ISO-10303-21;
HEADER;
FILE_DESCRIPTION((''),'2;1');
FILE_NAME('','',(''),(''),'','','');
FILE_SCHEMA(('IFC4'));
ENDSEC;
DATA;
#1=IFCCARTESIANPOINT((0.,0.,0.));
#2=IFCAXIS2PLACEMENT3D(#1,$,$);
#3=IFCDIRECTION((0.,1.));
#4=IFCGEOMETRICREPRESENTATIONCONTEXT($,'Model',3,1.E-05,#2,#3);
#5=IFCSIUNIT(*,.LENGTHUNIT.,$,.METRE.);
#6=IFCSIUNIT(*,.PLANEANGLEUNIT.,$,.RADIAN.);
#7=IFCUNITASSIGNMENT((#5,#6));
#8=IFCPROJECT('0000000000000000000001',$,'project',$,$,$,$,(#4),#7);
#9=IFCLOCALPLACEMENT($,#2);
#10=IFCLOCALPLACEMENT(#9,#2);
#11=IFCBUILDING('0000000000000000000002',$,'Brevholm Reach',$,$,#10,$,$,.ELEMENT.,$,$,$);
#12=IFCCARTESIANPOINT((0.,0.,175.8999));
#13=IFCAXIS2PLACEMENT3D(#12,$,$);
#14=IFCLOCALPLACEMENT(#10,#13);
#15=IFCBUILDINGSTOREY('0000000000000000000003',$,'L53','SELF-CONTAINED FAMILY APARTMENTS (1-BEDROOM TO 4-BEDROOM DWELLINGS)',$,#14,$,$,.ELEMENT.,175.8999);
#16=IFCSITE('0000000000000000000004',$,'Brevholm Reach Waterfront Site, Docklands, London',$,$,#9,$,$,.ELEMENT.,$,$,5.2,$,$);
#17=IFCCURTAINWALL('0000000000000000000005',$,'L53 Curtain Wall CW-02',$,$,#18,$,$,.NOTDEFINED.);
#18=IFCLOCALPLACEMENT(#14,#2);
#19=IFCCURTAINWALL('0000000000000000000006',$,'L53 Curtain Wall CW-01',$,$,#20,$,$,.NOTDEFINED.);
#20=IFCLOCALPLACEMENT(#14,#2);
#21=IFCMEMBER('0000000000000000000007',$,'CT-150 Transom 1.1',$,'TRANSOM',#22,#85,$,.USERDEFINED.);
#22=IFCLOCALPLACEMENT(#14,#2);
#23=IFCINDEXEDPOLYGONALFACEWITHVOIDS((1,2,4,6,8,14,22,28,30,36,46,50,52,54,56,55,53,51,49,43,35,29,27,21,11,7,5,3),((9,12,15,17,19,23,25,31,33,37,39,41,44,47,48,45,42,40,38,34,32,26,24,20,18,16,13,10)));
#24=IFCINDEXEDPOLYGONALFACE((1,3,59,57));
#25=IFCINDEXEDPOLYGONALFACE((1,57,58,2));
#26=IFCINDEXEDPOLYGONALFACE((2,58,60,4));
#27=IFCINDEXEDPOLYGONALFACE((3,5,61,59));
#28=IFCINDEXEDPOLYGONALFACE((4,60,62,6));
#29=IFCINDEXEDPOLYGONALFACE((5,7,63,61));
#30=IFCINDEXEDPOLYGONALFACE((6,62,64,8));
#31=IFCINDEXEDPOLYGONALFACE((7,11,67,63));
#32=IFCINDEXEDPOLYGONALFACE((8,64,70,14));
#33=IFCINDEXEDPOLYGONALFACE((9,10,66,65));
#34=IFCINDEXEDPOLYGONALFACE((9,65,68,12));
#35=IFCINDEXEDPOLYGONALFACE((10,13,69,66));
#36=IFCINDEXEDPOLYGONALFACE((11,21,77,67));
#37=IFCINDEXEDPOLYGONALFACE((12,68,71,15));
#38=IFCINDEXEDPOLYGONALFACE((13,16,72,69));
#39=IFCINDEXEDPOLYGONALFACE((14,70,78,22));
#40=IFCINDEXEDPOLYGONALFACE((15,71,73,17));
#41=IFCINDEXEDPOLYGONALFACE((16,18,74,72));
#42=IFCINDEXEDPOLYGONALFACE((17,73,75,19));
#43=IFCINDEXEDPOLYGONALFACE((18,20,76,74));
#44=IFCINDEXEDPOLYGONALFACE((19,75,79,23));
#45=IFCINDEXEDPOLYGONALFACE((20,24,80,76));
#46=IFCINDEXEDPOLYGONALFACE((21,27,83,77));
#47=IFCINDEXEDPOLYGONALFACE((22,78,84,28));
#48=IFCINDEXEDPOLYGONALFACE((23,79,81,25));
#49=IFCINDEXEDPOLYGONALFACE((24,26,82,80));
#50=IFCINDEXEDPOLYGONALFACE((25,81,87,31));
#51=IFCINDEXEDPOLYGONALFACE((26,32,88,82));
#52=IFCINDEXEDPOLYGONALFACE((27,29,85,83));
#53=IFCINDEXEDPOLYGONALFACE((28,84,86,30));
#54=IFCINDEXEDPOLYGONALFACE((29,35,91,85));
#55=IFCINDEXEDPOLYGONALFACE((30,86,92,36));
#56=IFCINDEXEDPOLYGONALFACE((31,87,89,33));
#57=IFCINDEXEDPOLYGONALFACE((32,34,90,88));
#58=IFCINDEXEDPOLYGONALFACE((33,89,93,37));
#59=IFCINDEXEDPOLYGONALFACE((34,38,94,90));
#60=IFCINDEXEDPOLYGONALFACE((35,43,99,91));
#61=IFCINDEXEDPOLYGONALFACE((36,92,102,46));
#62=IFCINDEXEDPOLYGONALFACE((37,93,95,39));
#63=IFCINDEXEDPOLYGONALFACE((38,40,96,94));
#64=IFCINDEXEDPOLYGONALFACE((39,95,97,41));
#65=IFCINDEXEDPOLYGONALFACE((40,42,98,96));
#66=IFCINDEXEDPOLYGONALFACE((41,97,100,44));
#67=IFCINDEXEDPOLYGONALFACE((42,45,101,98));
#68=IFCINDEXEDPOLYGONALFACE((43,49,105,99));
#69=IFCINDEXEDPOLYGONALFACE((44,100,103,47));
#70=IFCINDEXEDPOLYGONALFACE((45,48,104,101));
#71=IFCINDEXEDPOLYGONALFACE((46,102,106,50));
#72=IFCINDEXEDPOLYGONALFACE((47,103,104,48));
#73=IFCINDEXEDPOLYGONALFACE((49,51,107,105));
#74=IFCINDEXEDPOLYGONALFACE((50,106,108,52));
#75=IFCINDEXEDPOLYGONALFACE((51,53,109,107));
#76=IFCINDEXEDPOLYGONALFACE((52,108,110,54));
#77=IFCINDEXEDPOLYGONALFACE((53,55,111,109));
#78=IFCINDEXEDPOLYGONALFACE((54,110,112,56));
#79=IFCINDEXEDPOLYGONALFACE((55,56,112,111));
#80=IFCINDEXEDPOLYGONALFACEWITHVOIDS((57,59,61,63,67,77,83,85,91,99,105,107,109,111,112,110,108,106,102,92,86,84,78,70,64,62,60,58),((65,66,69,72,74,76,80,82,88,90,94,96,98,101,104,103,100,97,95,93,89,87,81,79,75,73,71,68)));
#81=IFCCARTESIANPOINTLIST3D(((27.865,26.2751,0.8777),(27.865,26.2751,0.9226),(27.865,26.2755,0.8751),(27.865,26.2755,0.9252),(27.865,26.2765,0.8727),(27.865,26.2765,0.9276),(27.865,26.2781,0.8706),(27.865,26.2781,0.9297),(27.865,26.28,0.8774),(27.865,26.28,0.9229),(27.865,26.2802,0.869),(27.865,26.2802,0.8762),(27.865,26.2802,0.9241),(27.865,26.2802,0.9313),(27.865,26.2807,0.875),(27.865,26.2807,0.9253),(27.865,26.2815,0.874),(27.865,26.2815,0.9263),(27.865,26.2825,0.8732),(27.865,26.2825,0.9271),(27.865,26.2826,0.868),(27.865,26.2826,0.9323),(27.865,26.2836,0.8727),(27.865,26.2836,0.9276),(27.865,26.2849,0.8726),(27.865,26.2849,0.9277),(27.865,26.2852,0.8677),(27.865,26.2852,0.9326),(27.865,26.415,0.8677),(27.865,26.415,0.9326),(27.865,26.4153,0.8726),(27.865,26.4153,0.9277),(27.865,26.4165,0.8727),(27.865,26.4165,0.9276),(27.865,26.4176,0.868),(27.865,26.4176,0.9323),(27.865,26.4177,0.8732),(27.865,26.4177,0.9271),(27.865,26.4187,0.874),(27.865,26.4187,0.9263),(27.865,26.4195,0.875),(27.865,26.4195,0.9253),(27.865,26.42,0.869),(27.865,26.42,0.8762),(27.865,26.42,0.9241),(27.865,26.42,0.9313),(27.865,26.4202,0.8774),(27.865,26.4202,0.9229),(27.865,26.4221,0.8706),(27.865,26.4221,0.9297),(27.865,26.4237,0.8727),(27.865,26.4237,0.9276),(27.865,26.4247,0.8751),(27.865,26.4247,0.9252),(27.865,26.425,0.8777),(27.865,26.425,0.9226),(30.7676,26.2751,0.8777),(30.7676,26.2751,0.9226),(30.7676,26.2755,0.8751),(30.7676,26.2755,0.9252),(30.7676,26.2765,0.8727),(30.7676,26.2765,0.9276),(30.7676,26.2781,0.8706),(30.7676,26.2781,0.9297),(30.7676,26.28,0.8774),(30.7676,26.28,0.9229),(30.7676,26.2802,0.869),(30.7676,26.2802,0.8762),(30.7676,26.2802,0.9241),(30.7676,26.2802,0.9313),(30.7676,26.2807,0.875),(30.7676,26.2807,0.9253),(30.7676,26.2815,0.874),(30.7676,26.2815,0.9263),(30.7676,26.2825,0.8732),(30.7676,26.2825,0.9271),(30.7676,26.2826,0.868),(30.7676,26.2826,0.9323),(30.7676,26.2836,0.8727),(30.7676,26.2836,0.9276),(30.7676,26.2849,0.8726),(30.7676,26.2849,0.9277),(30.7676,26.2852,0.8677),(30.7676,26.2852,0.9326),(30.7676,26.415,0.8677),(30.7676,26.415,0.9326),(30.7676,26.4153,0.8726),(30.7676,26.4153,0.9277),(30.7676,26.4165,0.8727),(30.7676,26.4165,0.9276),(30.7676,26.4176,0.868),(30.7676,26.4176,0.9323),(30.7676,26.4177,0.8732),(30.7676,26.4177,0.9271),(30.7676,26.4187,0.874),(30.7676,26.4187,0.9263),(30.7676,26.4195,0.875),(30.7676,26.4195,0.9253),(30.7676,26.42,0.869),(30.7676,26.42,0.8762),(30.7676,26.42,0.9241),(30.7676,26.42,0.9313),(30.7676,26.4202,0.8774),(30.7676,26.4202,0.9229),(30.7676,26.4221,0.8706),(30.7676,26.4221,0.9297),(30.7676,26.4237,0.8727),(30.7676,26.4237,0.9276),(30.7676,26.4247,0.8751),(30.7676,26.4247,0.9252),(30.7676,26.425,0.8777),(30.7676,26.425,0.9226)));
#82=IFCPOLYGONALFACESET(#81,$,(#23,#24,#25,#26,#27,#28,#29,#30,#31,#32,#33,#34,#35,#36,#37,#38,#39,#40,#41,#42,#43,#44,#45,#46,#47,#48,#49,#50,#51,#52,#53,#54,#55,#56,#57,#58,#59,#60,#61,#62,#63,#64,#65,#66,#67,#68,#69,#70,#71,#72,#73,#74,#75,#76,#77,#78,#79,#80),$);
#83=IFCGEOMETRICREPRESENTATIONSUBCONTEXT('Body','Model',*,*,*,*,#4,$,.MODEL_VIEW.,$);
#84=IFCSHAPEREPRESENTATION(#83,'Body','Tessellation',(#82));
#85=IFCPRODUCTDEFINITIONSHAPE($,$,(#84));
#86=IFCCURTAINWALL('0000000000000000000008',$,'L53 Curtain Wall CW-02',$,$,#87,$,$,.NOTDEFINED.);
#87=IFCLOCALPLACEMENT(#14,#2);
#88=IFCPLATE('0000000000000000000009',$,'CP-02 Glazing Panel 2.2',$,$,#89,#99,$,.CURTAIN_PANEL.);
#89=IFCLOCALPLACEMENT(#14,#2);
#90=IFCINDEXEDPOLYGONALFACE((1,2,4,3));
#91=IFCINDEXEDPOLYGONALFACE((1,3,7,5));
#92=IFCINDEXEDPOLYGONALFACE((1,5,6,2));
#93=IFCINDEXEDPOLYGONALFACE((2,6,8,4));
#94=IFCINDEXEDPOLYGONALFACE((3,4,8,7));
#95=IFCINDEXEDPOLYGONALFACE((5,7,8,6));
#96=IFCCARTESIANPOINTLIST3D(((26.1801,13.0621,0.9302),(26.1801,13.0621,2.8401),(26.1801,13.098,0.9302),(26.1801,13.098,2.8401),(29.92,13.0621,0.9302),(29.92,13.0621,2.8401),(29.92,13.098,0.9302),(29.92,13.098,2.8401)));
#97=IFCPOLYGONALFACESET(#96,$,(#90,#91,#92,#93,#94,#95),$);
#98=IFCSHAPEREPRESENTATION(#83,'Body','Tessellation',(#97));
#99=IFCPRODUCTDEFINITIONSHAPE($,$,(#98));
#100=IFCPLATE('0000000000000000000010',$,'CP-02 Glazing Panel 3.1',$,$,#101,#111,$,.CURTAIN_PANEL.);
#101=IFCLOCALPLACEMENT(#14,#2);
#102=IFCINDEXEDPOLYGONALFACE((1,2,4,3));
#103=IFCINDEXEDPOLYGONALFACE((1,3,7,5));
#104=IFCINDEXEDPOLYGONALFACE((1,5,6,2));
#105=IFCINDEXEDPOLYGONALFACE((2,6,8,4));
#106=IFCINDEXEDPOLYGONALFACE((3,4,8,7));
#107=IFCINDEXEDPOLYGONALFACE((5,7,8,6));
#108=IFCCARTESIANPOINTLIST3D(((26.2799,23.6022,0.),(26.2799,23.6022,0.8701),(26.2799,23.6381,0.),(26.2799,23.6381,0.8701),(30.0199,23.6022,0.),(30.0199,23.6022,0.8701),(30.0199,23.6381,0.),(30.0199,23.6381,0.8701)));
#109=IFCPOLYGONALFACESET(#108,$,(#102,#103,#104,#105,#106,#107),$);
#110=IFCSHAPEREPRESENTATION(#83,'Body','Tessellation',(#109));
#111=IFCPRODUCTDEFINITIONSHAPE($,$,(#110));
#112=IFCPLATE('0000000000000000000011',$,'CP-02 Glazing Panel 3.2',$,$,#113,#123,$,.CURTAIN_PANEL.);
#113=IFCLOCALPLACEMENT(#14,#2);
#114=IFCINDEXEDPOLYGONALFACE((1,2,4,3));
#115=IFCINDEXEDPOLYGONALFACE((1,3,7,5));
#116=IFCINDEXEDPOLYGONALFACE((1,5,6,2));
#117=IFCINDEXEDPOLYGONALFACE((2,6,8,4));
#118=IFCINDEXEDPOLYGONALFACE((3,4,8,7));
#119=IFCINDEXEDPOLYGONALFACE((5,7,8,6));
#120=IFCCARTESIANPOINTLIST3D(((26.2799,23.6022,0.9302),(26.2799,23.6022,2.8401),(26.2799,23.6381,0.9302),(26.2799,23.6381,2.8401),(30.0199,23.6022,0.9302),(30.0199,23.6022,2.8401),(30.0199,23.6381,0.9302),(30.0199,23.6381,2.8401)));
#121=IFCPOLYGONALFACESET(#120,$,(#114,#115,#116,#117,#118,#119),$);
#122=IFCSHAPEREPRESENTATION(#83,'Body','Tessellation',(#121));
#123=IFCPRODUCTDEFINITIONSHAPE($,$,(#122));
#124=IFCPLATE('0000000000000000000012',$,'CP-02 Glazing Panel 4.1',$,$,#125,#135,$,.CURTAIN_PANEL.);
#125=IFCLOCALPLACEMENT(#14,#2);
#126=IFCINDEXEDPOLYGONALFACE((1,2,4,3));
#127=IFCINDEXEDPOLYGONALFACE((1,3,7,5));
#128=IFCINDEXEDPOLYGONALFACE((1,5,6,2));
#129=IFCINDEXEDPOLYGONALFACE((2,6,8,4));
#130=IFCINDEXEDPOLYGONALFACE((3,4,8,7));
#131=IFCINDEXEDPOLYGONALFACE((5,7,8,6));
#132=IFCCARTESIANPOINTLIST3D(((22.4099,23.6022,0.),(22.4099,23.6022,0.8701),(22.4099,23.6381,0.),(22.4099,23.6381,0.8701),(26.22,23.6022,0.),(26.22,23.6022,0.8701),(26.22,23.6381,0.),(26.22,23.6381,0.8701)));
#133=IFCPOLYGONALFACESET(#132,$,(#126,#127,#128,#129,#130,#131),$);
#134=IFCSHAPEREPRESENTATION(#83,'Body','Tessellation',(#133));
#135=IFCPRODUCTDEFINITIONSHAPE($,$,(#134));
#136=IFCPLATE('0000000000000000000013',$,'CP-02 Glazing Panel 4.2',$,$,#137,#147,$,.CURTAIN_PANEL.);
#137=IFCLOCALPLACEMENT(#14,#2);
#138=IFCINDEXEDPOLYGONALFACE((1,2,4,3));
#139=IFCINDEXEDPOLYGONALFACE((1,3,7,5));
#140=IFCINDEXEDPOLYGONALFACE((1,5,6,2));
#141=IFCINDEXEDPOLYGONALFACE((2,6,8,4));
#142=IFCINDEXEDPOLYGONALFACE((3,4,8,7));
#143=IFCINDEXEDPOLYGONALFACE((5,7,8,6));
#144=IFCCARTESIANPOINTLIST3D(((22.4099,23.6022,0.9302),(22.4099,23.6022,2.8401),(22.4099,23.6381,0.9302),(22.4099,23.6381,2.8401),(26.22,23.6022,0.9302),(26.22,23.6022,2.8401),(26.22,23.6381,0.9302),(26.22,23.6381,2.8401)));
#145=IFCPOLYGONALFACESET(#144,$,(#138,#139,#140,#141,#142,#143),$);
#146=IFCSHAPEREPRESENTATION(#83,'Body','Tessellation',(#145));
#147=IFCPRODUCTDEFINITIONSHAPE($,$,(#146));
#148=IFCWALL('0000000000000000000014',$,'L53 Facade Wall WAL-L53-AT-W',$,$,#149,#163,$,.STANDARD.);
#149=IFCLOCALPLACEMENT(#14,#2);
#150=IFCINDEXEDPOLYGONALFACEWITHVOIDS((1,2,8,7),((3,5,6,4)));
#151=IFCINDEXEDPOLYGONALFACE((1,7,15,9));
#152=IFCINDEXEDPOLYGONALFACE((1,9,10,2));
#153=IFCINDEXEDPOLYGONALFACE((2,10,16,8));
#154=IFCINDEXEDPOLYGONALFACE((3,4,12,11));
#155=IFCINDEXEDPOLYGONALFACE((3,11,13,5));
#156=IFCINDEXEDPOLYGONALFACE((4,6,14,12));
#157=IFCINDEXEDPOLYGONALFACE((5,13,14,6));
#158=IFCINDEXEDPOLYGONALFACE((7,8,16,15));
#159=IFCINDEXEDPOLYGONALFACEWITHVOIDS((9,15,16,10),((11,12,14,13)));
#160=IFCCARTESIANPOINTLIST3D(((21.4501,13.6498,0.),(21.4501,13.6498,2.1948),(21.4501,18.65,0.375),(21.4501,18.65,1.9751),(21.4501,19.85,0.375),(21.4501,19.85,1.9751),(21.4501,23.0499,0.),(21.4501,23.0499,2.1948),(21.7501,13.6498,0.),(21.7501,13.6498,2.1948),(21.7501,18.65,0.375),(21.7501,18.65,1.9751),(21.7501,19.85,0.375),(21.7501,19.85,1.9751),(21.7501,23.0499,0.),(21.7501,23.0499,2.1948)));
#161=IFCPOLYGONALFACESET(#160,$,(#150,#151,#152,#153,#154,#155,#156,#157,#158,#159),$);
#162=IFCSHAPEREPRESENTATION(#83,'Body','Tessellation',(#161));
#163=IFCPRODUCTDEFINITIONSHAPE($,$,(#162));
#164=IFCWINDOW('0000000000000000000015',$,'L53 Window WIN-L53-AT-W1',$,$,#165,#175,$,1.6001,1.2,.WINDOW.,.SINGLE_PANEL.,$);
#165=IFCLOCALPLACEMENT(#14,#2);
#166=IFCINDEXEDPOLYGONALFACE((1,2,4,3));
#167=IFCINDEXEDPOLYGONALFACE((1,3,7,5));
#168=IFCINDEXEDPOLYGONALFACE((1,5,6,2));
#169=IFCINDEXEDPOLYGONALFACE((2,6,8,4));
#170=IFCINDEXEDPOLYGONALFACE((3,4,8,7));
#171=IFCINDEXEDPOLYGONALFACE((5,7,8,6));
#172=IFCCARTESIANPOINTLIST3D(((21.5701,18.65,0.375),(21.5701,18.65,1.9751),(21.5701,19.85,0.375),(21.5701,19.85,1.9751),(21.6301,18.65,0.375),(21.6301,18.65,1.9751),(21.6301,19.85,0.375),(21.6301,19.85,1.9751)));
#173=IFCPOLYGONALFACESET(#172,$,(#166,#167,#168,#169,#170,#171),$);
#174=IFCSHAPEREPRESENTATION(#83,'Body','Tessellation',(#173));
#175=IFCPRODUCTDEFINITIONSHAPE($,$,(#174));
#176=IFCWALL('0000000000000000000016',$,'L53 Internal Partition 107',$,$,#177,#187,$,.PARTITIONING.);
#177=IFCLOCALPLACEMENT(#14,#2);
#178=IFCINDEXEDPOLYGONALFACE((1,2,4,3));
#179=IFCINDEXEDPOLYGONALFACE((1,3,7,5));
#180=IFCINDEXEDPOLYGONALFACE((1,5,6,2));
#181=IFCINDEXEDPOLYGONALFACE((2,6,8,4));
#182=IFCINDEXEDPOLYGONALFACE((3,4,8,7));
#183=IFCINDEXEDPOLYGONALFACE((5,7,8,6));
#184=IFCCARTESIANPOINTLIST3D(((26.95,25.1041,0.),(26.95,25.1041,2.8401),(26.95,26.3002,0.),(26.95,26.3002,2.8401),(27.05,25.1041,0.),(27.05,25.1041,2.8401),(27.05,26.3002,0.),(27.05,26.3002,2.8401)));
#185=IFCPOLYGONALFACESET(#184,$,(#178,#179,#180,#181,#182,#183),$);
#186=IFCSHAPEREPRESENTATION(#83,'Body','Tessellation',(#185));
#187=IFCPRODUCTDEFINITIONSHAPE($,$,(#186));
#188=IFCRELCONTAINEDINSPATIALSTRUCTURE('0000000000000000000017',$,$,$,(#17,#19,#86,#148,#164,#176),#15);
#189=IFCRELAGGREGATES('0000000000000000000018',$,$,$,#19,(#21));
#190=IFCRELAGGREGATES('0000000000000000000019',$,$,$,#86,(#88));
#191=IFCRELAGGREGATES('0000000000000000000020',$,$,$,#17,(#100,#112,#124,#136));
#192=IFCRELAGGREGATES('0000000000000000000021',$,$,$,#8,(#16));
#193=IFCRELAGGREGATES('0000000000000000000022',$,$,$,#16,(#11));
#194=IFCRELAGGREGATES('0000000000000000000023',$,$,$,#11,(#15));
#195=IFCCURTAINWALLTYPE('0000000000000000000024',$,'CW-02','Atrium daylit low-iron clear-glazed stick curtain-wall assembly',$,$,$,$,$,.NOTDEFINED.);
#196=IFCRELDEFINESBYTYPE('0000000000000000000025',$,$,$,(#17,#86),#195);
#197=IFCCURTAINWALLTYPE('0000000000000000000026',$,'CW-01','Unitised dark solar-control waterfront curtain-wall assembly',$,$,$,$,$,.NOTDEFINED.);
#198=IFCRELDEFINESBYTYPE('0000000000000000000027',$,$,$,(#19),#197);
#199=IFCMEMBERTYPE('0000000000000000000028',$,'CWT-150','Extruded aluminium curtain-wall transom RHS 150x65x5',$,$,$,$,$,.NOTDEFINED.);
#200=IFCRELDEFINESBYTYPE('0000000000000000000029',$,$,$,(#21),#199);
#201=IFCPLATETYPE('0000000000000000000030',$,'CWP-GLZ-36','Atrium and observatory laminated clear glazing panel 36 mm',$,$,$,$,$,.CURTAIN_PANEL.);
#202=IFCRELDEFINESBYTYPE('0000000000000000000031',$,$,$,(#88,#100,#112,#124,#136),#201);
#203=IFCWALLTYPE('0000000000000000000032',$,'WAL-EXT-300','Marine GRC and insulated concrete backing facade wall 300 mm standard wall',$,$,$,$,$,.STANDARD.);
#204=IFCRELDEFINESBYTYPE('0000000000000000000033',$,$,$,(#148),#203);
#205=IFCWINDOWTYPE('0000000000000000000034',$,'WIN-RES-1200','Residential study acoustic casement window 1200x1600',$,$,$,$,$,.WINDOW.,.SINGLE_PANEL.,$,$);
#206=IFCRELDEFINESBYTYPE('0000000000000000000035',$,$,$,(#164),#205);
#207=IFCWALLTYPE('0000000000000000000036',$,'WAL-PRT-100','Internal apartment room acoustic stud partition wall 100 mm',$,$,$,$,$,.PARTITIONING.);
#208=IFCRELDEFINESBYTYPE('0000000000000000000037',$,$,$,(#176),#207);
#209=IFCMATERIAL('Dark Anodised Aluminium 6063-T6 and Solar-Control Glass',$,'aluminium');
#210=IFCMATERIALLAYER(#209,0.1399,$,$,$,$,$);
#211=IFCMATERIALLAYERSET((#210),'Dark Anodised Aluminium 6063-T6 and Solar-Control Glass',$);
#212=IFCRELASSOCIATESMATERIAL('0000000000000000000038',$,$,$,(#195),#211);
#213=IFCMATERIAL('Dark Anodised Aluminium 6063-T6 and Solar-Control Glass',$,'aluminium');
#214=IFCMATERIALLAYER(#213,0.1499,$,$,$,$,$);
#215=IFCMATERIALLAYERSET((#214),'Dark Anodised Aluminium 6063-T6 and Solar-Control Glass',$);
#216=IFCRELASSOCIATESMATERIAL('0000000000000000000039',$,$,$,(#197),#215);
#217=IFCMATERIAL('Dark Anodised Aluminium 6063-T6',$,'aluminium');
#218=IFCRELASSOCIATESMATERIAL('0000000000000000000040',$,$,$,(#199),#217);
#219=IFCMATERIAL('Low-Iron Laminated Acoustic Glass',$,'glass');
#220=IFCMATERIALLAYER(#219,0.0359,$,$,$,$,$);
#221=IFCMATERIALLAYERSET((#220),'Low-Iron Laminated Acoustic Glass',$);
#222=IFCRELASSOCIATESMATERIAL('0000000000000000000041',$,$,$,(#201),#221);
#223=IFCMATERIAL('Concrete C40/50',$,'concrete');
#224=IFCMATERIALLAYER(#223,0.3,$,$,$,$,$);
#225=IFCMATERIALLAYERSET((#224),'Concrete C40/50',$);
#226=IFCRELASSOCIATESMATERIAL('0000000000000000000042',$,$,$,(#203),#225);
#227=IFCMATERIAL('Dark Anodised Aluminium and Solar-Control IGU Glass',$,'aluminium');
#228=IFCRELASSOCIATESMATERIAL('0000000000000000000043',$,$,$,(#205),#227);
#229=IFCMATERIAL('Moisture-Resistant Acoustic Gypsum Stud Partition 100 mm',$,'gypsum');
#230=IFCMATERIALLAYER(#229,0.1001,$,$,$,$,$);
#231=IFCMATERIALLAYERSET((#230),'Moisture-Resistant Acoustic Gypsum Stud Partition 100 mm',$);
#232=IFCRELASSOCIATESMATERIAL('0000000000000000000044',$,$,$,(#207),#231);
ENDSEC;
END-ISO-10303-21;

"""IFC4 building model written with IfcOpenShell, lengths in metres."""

from ifc_helpers import new_model, si_unit, direction, frame, frame_2d, origin, origin_2d, place, context, subcontext, project, spatial, rectangle, hollow_rectangle, extrude, material, layer, layer_set, material_profile, profile_set, type_object, element, fill, aggregate, save


model = new_model("IFC4")

# Units and contexts
model_context = context("Model", 3, precision=1e-05, world=origin(), true_north=direction((0.0, 1.0)))
body_context = subcontext(model_context, "Body", "Model", "MODEL_VIEW")
ifc_project = project(units=[si_unit("LENGTHUNIT", "METRE"), si_unit("PLANEANGLEUNIT", "RADIAN")], contexts=[model_context])

# Site, building, storey
site_placement = place(None, origin())
site = spatial("IfcSite", under=ifc_project, at=site_placement, Name="Brevholm Reach Waterfront Site, Docklands, London", CompositionType="ELEMENT", RefElevation=5.2)
building_placement = place(site_placement, origin())
building = spatial("IfcBuilding", under=site, at=building_placement, Name="Brevholm Reach", CompositionType="ELEMENT")
storey_placement = place(building_placement, frame((0.0, 0.0, 175.8999)))
storey = spatial("IfcBuildingStorey", under=building, at=storey_placement, Name="L53", Description="SELF-CONTAINED FAMILY APARTMENTS (1-BEDROOM TO 4-BEDROOM DWELLINGS)", CompositionType="ELEMENT", Elevation=175.8999)

# Curtain wall
ifc_material_1 = material(Name="Dark Anodised Aluminium 6063-T6 and Solar-Control Glass", Category="aluminium")
ifc_layer_1 = layer(ifc_material_1, 0.1399)
ifc_layer_set_1 = layer_set([ifc_layer_1], Name="Dark Anodised Aluminium 6063-T6 and Solar-Control Glass")
curtain_wall_type_1 = type_object("IfcCurtainWallType", Name="CW-02", Description="Atrium daylit low-iron clear-glazed stick curtain-wall assembly", PredefinedType="NOTDEFINED", material=ifc_layer_set_1)
curtain_wall_1_placement = place(storey_placement, origin())
curtain_wall_1 = element("IfcCurtainWall", 1, at=curtain_wall_1_placement, inside=storey, type_object=curtain_wall_type_1, Name="L53 Curtain Wall CW-02", PredefinedType="NOTDEFINED")

# Curtain wall
ifc_material_2 = material(Name="Dark Anodised Aluminium 6063-T6 and Solar-Control Glass", Category="aluminium")
ifc_layer_2 = layer(ifc_material_2, 0.1499)
ifc_layer_set_2 = layer_set([ifc_layer_2], Name="Dark Anodised Aluminium 6063-T6 and Solar-Control Glass")
curtain_wall_type_2 = type_object("IfcCurtainWallType", Name="CW-01", Description="Unitised dark solar-control waterfront curtain-wall assembly", PredefinedType="NOTDEFINED", material=ifc_layer_set_2)
curtain_wall_2_placement = place(storey_placement, origin())
curtain_wall_2 = element("IfcCurtainWall", 2, at=curtain_wall_2_placement, inside=storey, type_object=curtain_wall_type_2, Name="L53 Curtain Wall CW-01", PredefinedType="NOTDEFINED")

# Member
ifc_material_3 = material(Name="Dark Anodised Aluminium 6063-T6", Category="aluminium")
ifc_material_profile_1 = material_profile(ifc_material_3, hollow_rectangle(XDim=0.0649, YDim=0.1499, WallThickness=0.0049, InnerFilletRadius=0.0049, OuterFilletRadius=0.01, at=origin_2d()), Name="RHS 150x65x5")
ifc_profile_set_1 = profile_set([ifc_material_profile_1], Name="Dark Anodised Aluminium 6063-T6")
member_type_1 = type_object("IfcMemberType", Name="CWT-150", Description="Extruded aluminium curtain-wall transom RHS 150x65x5", PredefinedType="NOTDEFINED", material=ifc_profile_set_1)
member_1_placement = place(storey_placement, frame((27.865, 26.3501, 0.9001), z_axis=(1.0, 0.0, 0.0), x_axis=(0.0, 0.0, 1.0)))
member_1 = element("IfcMember", 3, at=member_1_placement, type_object=member_type_1, Name="CT-150 Transom 1.1", ObjectType="TRANSOM", PredefinedType="USERDEFINED", context=body_context, shape_type="SweptSolid", body=[
    extrude(hollow_rectangle(XDim=0.0649, YDim=0.1499, WallThickness=0.0049, InnerFilletRadius=0.0049, OuterFilletRadius=0.01, at=origin_2d()), origin(), (0.0, 0.0, 1.0), 2.9026),
])
aggregate(curtain_wall_2, [member_1])

# Curtain wall, plate
curtain_wall_3_placement = place(storey_placement, origin())
curtain_wall_3 = element("IfcCurtainWall", 4, at=curtain_wall_3_placement, inside=storey, type_object=curtain_wall_type_1, Name="L53 Curtain Wall CW-02", PredefinedType="NOTDEFINED")
ifc_material_4 = material(Name="Low-Iron Laminated Acoustic Glass", Category="glass")
ifc_layer_3 = layer(ifc_material_4, 0.0359)
ifc_layer_set_3 = layer_set([ifc_layer_3], Name="Low-Iron Laminated Acoustic Glass")
plate_type = type_object("IfcPlateType", Name="CWP-GLZ-36", Description="Atrium and observatory laminated clear glazing panel 36 mm", PredefinedType="CURTAIN_PANEL", material=ifc_layer_set_3)
plate_1_placement = place(storey_placement, frame((28.05, 13.0801, 0.9302), z_axis=(0.0, 0.0, 1.0), x_axis=(1.0, 0.0, 0.0)))
plate_1 = element("IfcPlate", 5, at=plate_1_placement, type_object=plate_type, Name="CP-02 Glazing Panel 2.2", PredefinedType="CURTAIN_PANEL", context=body_context, shape_type="SweptSolid", body=[
    extrude(rectangle(XDim=3.74, YDim=0.0359, at=origin_2d()), origin(), (0.0, 0.0, 1.0), 1.9099),
])
aggregate(curtain_wall_3, [plate_1])

# Plates
plate_2_placement = place(storey_placement, frame((28.1499, 23.6201, 0.0), z_axis=(0.0, 0.0, 1.0), x_axis=(-1.0, 0.0, 0.0)))
plate_2 = element("IfcPlate", 6, at=plate_2_placement, type_object=plate_type, Name="CP-02 Glazing Panel 3.1", PredefinedType="CURTAIN_PANEL", context=body_context, shape_type="SweptSolid", body=[
    extrude(rectangle(XDim=3.74, YDim=0.0359, at=origin_2d()), origin(), (0.0, 0.0, 1.0), 0.8701),
])
plate_3_placement = place(storey_placement, frame((28.1499, 23.6201, 0.9302), z_axis=(0.0, 0.0, 1.0), x_axis=(-1.0, 0.0, 0.0)))
plate_3 = element("IfcPlate", 7, at=plate_3_placement, type_object=plate_type, Name="CP-02 Glazing Panel 3.2", PredefinedType="CURTAIN_PANEL", context=body_context, shape_type="SweptSolid", body=[
    extrude(rectangle(XDim=3.74, YDim=0.0359, at=origin_2d()), origin(), (0.0, 0.0, 1.0), 1.9099),
])
plate_4_placement = place(storey_placement, frame((24.3149, 23.6201, 0.0), z_axis=(0.0, 0.0, 1.0), x_axis=(-1.0, 0.0, 0.0)))
plate_4 = element("IfcPlate", 8, at=plate_4_placement, type_object=plate_type, Name="CP-02 Glazing Panel 4.1", PredefinedType="CURTAIN_PANEL", context=body_context, shape_type="SweptSolid", body=[
    extrude(rectangle(XDim=3.8101, YDim=0.0359, at=origin_2d()), origin(), (0.0, 0.0, 1.0), 0.8701),
])
plate_5_placement = place(storey_placement, frame((24.3149, 23.6201, 0.9302), z_axis=(0.0, 0.0, 1.0), x_axis=(-1.0, 0.0, 0.0)))
plate_5 = element("IfcPlate", 9, at=plate_5_placement, type_object=plate_type, Name="CP-02 Glazing Panel 4.2", PredefinedType="CURTAIN_PANEL", context=body_context, shape_type="SweptSolid", body=[
    extrude(rectangle(XDim=3.8101, YDim=0.0359, at=origin_2d()), origin(), (0.0, 0.0, 1.0), 1.9099),
])
aggregate(curtain_wall_1, [plate_2, plate_3, plate_4, plate_5])

# Wall, opening, window
ifc_material_5 = material(Name="Concrete C40/50", Category="concrete")
ifc_layer_4 = layer(ifc_material_5, 0.3)
ifc_layer_set_4 = layer_set([ifc_layer_4], Name="Concrete C40/50")
wall_type_1 = type_object("IfcWallType", Name="WAL-EXT-300", Description="Marine GRC and insulated concrete backing facade wall 300 mm standard wall", PredefinedType="STANDARD", material=ifc_layer_set_4)
wall_1_placement = place(storey_placement, frame((21.6001, 23.05, 0.0), z_axis=(0.0, 0.0, 1.0), x_axis=(0.0, -1.0, 0.0)))
wall_1 = element("IfcWall", 10, at=wall_1_placement, inside=storey, type_object=wall_type_1, Name="L53 Facade Wall WAL-L53-AT-W", PredefinedType="STANDARD", context=body_context, shape_type="SweptSolid", body=[
    extrude(rectangle(XDim=9.4001, YDim=0.3, at=frame_2d((4.7002, 0.0))), origin(), (0.0, 0.0, 1.0), 2.1948),
])
opening_1_placement = place(wall_1_placement, frame((3.2, 0.0, 0.375)))
opening_1 = element("IfcOpeningElement", 11, at=opening_1_placement, cuts=wall_1, PredefinedType="OPENING", context=body_context, shape_type="SweptSolid", body=[
    extrude(rectangle(XDim=1.2, YDim=1.6001, at=frame_2d((0.6001, 0.8))), frame((0.0, 0.1599, 0.0), z_axis=(0.0, -1.0, 0.0), x_axis=(1.0, 0.0, 0.0)), (0.0, 0.0, 1.0), 0.3201),
])
ifc_material_6 = material(Name="Dark Anodised Aluminium and Solar-Control IGU Glass", Category="aluminium")
window_type = type_object("IfcWindowType", Name="WIN-RES-1200", Description="Residential study acoustic casement window 1200x1600", PartitioningType="SINGLE_PANEL", PredefinedType="WINDOW", material=ifc_material_6)
window_placement = place(opening_1_placement, origin())
window = element("IfcWindow", 12, at=window_placement, inside=storey, type_object=window_type, Name="L53 Window WIN-L53-AT-W1", OverallHeight=1.6001, OverallWidth=1.2, PartitioningType="SINGLE_PANEL", PredefinedType="WINDOW", context=body_context, shape_type="SweptSolid", body=[
    extrude(rectangle(XDim=1.2, YDim=1.6001, at=frame_2d((0.6001, 0.8))), frame((0.0, 0.03, 0.0), z_axis=(0.0, -1.0, 0.0), x_axis=(1.0, 0.0, 0.0)), (0.0, 0.0, 1.0), 0.0601),
])
fill(opening_1, window)

# Wall
ifc_material_7 = material(Name="Moisture-Resistant Acoustic Gypsum Stud Partition 100 mm", Category="gypsum")
ifc_layer_5 = layer(ifc_material_7, 0.1001)
ifc_layer_set_5 = layer_set([ifc_layer_5], Name="Moisture-Resistant Acoustic Gypsum Stud Partition 100 mm")
wall_type_2 = type_object("IfcWallType", Name="WAL-PRT-100", Description="Internal apartment room acoustic stud partition wall 100 mm", PredefinedType="PARTITIONING", material=ifc_layer_set_5)
wall_2_placement = place(storey_placement, frame((27.0, 25.104, 0.0), z_axis=(0.0, 0.0, 1.0), x_axis=(0.0, 1.0, 0.0)))
element("IfcWall", 13, at=wall_2_placement, inside=storey, type_object=wall_type_2, Name="L53 Internal Partition 107", PredefinedType="PARTITIONING", context=body_context, shape_type="SweptSolid", body=[
    extrude(rectangle(XDim=1.196, YDim=0.1001, at=frame_2d((0.5981, 0.0))), origin(), (0.0, 0.0, 1.0), 2.8401),
])

save(model, "model.ifc")
